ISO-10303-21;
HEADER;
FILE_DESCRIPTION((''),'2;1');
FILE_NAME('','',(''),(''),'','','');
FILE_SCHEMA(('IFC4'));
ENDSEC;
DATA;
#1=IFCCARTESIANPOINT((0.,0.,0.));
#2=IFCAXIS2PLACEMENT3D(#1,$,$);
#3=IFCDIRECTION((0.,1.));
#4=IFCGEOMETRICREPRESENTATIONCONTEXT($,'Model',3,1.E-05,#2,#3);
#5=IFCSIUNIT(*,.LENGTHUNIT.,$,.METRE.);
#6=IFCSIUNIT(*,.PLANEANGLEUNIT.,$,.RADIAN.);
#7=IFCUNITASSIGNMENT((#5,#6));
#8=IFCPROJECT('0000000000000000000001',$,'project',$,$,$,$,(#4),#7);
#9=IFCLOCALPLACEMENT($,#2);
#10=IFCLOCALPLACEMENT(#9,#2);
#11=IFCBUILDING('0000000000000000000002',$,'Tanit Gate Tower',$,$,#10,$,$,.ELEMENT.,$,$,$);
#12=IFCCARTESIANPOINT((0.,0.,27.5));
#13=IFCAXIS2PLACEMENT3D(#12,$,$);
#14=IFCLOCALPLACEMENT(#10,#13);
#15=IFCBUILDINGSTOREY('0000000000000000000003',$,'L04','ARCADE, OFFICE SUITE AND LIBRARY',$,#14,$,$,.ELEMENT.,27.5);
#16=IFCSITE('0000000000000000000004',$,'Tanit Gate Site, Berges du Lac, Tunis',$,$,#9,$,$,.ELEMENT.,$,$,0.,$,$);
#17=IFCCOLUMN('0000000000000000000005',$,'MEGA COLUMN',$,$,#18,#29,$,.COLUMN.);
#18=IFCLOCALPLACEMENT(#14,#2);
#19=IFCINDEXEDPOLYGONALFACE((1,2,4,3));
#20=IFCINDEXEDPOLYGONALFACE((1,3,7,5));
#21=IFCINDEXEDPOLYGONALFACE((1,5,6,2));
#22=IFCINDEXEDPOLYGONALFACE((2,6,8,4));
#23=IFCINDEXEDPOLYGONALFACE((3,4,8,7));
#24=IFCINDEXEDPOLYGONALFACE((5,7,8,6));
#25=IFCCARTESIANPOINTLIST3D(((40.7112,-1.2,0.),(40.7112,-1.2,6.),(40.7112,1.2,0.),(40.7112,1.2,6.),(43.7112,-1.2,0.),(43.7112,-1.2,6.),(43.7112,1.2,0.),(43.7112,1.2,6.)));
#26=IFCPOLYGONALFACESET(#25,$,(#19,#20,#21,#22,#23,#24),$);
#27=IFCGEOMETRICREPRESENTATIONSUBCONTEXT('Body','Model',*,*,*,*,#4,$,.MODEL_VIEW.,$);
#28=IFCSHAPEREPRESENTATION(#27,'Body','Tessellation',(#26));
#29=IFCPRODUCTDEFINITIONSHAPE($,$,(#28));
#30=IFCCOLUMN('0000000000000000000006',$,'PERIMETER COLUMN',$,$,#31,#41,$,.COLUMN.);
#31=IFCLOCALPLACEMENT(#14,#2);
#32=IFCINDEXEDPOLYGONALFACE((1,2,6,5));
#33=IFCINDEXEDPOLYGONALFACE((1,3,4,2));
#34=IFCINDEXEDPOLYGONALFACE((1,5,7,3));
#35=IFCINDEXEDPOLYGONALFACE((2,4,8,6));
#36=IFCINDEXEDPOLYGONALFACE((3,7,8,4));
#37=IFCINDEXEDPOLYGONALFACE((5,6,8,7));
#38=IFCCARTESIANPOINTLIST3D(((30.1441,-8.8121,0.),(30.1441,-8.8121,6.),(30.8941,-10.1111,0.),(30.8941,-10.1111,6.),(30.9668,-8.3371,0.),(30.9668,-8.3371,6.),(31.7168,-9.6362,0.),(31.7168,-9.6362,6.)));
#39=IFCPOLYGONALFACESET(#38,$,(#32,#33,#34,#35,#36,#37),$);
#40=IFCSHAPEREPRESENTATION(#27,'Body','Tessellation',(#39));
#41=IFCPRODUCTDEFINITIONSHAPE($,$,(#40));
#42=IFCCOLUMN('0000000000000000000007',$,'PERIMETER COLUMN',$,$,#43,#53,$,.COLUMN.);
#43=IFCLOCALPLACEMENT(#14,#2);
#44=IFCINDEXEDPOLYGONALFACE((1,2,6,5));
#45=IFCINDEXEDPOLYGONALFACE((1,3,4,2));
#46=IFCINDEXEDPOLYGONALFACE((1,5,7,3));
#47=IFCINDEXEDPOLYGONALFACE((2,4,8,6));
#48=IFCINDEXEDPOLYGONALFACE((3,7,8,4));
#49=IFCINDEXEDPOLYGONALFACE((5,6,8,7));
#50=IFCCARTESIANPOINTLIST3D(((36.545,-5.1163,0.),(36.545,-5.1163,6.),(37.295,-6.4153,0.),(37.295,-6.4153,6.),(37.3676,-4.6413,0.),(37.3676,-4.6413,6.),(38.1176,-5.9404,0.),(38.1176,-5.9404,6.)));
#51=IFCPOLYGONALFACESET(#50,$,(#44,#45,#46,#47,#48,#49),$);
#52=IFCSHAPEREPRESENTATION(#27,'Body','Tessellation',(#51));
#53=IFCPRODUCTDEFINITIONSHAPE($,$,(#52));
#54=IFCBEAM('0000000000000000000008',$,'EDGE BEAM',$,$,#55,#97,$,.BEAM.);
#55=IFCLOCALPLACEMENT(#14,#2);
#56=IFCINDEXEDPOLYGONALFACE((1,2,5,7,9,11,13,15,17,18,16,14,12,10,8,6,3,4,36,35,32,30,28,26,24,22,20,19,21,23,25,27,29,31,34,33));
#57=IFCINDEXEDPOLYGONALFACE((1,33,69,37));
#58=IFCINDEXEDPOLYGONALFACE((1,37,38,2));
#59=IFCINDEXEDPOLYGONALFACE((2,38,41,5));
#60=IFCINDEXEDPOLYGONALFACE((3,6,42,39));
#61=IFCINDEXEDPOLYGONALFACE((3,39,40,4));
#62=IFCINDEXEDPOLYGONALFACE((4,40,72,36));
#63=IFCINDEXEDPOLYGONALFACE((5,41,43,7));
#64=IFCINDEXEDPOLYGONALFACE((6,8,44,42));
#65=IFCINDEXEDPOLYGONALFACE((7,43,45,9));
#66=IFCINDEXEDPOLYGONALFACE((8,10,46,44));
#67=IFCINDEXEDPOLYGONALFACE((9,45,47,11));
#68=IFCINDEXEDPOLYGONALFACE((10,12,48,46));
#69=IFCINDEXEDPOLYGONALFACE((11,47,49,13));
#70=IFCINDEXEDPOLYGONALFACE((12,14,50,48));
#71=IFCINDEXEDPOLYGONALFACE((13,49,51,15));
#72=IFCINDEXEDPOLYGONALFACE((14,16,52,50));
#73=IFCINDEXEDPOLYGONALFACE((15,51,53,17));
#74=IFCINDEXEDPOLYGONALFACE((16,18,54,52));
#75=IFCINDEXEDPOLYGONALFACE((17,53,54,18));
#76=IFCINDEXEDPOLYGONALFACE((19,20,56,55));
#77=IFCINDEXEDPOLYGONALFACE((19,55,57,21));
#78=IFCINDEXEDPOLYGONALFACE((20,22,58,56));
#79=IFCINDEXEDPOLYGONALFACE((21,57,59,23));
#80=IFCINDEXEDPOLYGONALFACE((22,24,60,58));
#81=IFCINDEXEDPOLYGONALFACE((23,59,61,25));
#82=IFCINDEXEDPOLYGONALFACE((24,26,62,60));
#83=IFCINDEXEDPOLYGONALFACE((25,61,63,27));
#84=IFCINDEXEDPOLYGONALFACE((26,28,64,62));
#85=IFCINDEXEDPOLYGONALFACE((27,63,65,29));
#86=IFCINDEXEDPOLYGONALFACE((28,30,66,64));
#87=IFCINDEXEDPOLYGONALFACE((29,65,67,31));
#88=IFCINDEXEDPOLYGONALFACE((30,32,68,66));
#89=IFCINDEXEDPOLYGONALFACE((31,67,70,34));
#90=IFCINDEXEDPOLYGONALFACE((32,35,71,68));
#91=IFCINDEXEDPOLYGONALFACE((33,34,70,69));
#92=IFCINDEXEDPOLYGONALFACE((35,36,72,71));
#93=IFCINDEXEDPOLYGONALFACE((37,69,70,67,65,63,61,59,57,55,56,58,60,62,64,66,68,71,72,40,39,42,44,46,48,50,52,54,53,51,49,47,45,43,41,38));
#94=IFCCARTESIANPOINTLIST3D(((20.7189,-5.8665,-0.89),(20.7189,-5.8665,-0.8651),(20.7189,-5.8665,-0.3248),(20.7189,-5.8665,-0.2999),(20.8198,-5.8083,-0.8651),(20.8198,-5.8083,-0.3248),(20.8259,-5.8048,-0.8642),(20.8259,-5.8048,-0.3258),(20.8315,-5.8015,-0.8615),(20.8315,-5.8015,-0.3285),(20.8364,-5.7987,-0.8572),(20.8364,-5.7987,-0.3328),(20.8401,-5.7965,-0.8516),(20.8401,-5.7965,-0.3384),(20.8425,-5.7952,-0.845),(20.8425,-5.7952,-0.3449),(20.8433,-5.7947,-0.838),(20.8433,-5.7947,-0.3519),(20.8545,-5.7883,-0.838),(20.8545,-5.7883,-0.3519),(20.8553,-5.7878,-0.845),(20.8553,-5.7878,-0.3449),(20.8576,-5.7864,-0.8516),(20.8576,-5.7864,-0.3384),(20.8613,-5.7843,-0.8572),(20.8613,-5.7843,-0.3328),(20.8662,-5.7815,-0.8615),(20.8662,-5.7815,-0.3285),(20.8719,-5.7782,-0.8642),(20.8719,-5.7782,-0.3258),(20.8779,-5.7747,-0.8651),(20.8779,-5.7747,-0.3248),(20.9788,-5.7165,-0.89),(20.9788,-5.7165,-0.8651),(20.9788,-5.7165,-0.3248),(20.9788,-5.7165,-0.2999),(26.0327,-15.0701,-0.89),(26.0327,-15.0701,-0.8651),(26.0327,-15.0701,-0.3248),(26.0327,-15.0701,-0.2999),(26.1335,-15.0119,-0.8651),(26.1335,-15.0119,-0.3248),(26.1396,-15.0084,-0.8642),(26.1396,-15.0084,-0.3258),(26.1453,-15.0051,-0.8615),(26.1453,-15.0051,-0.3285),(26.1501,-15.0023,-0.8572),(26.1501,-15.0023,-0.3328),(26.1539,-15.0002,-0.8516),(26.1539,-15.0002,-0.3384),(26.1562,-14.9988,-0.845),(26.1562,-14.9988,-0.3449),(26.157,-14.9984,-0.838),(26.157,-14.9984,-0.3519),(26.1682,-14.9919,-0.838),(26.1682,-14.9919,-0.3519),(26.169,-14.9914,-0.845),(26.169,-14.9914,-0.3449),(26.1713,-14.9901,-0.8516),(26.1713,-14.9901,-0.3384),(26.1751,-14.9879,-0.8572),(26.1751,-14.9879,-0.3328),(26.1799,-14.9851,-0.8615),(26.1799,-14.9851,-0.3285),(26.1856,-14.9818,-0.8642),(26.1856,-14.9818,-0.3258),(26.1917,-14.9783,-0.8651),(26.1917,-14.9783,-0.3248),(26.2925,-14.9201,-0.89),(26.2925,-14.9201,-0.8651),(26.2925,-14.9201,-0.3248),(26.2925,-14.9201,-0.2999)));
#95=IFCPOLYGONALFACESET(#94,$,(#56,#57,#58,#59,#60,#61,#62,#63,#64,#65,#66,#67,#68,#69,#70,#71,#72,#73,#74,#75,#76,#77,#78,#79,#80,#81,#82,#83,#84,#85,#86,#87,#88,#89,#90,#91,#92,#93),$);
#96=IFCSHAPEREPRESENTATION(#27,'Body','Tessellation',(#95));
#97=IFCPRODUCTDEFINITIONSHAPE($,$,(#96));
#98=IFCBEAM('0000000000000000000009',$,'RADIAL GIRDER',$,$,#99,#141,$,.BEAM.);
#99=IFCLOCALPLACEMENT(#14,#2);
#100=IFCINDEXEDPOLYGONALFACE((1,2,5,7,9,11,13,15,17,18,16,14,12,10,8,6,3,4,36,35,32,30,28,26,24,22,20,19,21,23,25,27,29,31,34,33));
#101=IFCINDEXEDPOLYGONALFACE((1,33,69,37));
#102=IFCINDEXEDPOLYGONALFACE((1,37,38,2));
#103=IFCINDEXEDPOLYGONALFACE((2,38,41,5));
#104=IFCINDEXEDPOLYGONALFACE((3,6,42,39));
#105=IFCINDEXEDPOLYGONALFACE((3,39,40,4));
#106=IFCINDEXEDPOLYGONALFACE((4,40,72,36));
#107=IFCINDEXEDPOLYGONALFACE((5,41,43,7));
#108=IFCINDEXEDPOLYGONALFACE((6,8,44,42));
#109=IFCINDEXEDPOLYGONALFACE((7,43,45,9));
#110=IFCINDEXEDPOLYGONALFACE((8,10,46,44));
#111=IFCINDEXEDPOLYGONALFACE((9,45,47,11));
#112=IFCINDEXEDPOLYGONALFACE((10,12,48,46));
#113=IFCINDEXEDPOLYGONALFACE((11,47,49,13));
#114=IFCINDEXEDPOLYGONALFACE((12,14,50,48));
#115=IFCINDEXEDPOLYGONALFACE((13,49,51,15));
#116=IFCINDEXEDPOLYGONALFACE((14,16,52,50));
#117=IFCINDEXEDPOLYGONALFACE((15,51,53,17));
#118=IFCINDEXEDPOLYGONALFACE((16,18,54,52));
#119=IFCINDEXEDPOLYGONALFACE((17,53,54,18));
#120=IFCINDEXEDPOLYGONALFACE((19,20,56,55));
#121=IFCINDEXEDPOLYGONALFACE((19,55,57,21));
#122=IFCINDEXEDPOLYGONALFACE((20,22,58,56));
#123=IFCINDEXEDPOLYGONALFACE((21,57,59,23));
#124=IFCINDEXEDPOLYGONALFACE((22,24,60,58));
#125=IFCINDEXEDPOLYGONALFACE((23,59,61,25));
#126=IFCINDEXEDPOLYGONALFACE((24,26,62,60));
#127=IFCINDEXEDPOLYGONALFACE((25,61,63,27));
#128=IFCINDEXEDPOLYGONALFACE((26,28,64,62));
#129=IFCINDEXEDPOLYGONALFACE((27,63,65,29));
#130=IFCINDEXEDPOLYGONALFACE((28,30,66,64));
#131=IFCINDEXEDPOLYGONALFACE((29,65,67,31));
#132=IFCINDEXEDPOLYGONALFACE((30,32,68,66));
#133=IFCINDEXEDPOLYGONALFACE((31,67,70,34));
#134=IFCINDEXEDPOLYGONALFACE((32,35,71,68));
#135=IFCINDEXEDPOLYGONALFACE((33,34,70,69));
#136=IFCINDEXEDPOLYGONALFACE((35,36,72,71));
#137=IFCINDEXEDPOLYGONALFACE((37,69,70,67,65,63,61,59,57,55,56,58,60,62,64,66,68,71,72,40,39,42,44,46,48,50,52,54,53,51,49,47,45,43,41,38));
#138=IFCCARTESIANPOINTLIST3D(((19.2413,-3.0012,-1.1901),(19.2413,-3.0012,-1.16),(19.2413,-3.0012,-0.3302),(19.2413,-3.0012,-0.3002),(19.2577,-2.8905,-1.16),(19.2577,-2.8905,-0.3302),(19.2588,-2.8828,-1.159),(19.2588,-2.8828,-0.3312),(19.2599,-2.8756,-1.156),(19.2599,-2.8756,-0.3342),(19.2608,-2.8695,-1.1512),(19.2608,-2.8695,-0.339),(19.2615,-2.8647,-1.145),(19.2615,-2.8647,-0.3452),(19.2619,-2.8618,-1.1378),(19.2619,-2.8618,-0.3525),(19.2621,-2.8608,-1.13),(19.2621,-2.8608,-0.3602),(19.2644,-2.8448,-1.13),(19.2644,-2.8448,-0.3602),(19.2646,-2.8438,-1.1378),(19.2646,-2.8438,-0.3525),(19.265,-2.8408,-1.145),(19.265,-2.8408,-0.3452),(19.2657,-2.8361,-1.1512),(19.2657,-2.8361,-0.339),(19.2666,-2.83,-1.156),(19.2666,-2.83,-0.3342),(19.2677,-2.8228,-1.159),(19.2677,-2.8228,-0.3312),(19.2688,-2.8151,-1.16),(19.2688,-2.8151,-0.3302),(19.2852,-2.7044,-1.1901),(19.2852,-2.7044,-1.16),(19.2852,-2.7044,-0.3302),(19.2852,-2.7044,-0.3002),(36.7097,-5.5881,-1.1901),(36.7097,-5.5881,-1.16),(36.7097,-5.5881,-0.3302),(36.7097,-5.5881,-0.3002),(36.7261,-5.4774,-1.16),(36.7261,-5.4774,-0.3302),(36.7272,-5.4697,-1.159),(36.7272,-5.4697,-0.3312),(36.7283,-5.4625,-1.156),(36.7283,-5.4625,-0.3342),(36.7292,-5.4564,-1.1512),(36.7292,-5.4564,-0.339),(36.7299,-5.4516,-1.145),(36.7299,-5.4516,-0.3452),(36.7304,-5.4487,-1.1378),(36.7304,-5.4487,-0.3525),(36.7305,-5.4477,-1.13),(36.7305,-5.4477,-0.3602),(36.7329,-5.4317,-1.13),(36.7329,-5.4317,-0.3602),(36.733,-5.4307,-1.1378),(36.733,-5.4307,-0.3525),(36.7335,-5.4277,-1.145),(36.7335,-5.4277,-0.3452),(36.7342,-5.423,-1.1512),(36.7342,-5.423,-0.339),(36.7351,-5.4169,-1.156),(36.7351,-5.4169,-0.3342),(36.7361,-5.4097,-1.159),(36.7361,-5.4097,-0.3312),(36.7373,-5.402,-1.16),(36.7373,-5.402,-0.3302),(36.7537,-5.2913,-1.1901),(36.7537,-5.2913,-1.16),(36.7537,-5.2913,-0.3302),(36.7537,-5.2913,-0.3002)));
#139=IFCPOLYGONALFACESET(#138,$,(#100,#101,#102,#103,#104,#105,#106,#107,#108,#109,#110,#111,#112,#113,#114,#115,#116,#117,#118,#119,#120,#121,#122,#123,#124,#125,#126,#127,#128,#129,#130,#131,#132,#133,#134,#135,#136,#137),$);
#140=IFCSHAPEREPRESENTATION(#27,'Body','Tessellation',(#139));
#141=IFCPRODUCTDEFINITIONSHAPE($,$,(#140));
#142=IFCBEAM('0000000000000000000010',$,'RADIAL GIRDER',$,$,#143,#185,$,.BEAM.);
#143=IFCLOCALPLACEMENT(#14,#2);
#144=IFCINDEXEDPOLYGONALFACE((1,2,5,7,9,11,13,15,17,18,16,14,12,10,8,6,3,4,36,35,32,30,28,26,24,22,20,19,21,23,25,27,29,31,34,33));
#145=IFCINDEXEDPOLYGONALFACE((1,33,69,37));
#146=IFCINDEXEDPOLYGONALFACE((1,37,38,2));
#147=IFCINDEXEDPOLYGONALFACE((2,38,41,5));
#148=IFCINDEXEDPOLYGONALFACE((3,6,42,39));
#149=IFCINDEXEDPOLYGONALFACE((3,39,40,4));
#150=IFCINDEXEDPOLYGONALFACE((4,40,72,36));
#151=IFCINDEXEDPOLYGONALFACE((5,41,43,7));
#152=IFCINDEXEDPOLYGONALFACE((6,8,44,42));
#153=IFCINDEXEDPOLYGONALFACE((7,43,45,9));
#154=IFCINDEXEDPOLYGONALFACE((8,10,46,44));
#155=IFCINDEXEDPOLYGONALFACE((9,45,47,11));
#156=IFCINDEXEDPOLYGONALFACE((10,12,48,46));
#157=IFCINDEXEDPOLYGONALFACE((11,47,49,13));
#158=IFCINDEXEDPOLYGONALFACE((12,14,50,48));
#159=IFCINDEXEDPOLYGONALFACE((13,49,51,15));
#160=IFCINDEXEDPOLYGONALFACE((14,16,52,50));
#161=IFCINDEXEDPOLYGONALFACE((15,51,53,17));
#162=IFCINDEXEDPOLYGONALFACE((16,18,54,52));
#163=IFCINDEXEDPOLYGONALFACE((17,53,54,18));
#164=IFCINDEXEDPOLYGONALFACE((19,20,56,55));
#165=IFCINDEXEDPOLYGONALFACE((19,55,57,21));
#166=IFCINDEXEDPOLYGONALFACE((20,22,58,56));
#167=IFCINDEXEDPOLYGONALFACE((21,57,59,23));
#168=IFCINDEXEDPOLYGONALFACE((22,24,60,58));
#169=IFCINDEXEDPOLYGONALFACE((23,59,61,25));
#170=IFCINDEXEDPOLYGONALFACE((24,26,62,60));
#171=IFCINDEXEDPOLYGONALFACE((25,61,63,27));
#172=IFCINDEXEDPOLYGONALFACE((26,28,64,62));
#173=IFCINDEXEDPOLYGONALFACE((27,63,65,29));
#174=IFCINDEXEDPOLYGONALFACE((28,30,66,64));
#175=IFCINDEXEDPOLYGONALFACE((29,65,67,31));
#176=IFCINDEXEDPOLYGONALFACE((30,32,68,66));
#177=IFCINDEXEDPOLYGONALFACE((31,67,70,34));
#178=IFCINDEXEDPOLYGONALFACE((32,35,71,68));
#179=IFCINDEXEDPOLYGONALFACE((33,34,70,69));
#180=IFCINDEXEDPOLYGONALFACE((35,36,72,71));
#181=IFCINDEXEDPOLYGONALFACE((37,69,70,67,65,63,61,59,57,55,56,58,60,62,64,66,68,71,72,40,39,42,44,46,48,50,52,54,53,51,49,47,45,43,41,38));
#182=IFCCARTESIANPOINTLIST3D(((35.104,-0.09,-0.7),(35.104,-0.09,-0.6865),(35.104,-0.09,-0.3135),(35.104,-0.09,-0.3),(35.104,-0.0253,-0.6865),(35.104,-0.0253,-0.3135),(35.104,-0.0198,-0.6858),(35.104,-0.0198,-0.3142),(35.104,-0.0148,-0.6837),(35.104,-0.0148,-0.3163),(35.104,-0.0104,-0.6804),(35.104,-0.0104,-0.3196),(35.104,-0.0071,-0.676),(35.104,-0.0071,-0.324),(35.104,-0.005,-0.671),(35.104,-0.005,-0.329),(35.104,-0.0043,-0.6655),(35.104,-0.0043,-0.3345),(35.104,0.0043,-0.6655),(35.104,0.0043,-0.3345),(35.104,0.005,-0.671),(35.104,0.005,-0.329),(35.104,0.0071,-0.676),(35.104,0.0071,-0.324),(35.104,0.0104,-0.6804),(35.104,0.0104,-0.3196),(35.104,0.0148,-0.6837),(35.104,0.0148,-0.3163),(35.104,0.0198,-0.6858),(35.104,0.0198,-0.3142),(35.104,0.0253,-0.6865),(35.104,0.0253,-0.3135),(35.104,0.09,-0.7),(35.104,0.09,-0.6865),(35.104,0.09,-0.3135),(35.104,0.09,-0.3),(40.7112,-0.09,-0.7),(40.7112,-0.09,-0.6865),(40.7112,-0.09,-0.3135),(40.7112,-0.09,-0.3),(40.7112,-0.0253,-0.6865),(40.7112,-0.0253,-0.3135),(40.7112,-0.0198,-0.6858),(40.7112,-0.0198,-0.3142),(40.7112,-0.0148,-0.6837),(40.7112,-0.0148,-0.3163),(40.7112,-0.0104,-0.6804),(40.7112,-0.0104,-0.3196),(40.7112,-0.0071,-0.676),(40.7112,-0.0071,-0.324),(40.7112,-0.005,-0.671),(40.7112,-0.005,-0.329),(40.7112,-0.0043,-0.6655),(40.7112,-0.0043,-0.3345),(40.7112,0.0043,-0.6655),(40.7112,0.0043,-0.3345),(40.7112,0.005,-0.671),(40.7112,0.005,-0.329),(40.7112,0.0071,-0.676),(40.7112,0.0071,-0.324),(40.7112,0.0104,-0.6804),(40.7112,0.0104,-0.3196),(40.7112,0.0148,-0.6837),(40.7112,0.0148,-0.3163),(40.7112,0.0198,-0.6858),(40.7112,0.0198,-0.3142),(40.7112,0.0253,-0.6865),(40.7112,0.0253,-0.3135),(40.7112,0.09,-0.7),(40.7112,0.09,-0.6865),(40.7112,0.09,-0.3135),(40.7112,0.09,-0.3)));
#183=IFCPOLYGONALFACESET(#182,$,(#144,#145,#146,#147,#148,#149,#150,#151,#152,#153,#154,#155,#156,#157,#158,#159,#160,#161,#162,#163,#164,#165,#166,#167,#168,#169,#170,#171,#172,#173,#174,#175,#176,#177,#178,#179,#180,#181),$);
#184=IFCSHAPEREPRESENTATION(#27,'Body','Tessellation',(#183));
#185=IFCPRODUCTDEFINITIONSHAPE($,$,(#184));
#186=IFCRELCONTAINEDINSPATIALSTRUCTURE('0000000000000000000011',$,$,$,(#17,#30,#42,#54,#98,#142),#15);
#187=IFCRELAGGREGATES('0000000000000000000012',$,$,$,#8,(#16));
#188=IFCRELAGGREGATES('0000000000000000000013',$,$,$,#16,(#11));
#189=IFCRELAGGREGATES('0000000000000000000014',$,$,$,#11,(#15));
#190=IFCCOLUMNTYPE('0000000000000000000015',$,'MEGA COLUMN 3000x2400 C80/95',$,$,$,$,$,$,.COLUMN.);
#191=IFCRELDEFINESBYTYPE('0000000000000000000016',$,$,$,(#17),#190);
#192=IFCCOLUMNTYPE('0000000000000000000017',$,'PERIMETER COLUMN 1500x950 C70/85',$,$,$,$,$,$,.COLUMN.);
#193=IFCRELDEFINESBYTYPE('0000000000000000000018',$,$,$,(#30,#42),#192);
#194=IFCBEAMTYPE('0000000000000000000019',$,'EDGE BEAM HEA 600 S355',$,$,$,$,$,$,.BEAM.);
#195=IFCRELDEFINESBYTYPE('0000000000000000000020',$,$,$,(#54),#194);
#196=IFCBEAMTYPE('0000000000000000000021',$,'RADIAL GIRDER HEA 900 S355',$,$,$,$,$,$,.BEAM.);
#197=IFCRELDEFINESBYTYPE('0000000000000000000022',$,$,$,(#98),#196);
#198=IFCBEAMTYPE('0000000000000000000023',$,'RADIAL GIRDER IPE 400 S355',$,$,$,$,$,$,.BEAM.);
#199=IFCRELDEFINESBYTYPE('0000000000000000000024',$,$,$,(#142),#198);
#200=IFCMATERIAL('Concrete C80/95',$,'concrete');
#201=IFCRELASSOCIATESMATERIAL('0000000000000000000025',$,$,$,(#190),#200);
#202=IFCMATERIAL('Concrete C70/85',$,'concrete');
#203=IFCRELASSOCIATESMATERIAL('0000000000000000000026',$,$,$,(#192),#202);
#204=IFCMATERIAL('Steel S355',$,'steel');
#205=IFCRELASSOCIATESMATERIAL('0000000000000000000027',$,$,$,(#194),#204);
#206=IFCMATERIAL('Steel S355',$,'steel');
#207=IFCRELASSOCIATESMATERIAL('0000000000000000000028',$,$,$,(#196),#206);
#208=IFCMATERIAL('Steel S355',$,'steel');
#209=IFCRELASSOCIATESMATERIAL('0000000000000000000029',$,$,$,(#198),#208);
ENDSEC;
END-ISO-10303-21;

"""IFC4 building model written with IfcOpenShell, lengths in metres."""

from ifc_helpers import new_model, si_unit, direction, frame, origin, origin_2d, place, context, subcontext, project, spatial, rectangle, i_section, extrude, material, material_profile, profile_set, type_object, element, save


model = new_model("IFC4")

# Units and contexts
model_context = context("Model", 3, precision=1e-05, world=origin(), true_north=direction((0.0, 1.0)))
body_context = subcontext(model_context, "Body", "Model", "MODEL_VIEW")
ifc_project = project(units=[si_unit("LENGTHUNIT", "METRE"), si_unit("PLANEANGLEUNIT", "RADIAN")], contexts=[model_context])

# Site, building, storey
site_placement = place(None, origin())
site = spatial("IfcSite", under=ifc_project, at=site_placement, Name="Tanit Gate Site, Berges du Lac, Tunis", CompositionType="ELEMENT", RefElevation=0.0)
building_placement = place(site_placement, origin())
building = spatial("IfcBuilding", under=site, at=building_placement, Name="Tanit Gate Tower", CompositionType="ELEMENT")
storey_placement = place(building_placement, frame((0.0, 0.0, 27.5)))
storey = spatial("IfcBuildingStorey", under=building, at=storey_placement, Name="L04", Description="ARCADE, OFFICE SUITE AND LIBRARY", CompositionType="ELEMENT", Elevation=27.5)

# Columns
ifc_material_1 = material(Name="Concrete C80/95", Category="concrete")
ifc_material_profile_1 = material_profile(ifc_material_1, rectangle(XDim=3.0, YDim=2.3999, at=origin_2d()), Name="RC 3000x2400")
ifc_profile_set_1 = profile_set([ifc_material_profile_1], Name="Concrete C80/95")
column_type_1 = type_object("IfcColumnType", Name="MEGA COLUMN 3000x2400 C80/95", PredefinedType="COLUMN", material=ifc_profile_set_1)
column_placement = place(storey_placement, frame((42.2112, 0.0, 0.0), z_axis=(0.0, 0.0, 1.0), x_axis=(1.0, 0.0, 0.0)))
element("IfcColumn", 1, at=column_placement, inside=storey, type_object=column_type_1, Name="MEGA COLUMN", PredefinedType="COLUMN", context=body_context, shape_type="SweptSolid", body=[
    extrude(rectangle(XDim=3.0, YDim=2.3999, at=origin_2d()), origin(), (0.0, 0.0, 1.0), 6.0),
])
ifc_material_2 = material(Name="Concrete C70/85", Category="concrete")
ifc_material_profile_2 = material_profile(ifc_material_2, rectangle(XDim=1.5, YDim=0.95, at=origin_2d()), Name="RC 1500x950")
ifc_profile_set_2 = profile_set([ifc_material_profile_2], Name="Concrete C70/85")
column_type_2 = type_object("IfcColumnType", Name="PERIMETER COLUMN 1500x950 C70/85", PredefinedType="COLUMN", material=ifc_profile_set_2)
for number, where, z_axis, x_axis, name in (
    (2, (30.9304, -9.2241, 0.0), (0.0, 0.0, 1.0), (0.5, -0.866025, 0.0), "PERIMETER COLUMN"),
    (3, (37.3313, -5.5283, 0.0), (0.0, 0.0, 1.0), (0.5, -0.866025, 0.0), "PERIMETER COLUMN"),
):
    element("IfcColumn", number, at=place(storey_placement, frame(where, z_axis=z_axis, x_axis=x_axis)), inside=storey, type_object=column_type_2, Name=name, PredefinedType="COLUMN", context=body_context, shape_type="SweptSolid", body=[
        extrude(rectangle(XDim=1.5, YDim=0.95, at=origin_2d()), origin(), (0.0, 0.0, 1.0), 6.0),
    ])

# Beams
ifc_material_3 = material(Name="Steel S355", Category="steel")
ifc_material_profile_3 = material_profile(ifc_material_3, i_section(OverallWidth=0.3, OverallDepth=0.5901, WebThickness=0.0129, FlangeThickness=0.0249, FilletRadius=0.0271, at=origin_2d()), Name="HEA 600")
ifc_profile_set_3 = profile_set([ifc_material_profile_3], Name="Steel S355")
beam_type_1 = type_object("IfcBeamType", Name="EDGE BEAM HEA 600 S355", PredefinedType="BEAM", material=ifc_profile_set_3)
beam_1_placement = place(storey_placement, frame((26.1626, -14.9951, -0.595), z_axis=(-0.500001, 0.866025, 0.0), x_axis=(-0.866025, -0.500001, 0.0)))
element("IfcBeam", 4, at=beam_1_placement, inside=storey, type_object=beam_type_1, Name="EDGE BEAM", PredefinedType="BEAM", context=body_context, shape_type="SweptSolid", body=[
    extrude(i_section(OverallWidth=0.3, OverallDepth=0.5901, WebThickness=0.0129, FlangeThickness=0.0249, FilletRadius=0.0271, at=origin_2d()), origin(), (0.0, 0.0, 1.0), 10.6274),
])
ifc_material_4 = material(Name="Steel S355", Category="steel")
ifc_material_profile_4 = material_profile(ifc_material_4, i_section(OverallWidth=0.3, OverallDepth=0.8899, WebThickness=0.0161, FlangeThickness=0.03, FilletRadius=0.03, at=origin_2d()), Name="HEA 900")
ifc_profile_set_4 = profile_set([ifc_material_profile_4], Name="Steel S355")
beam_type_2 = type_object("IfcBeamType", Name="RADIAL GIRDER HEA 900 S355", PredefinedType="BEAM", material=ifc_profile_set_4)
beam_2_placement = place(storey_placement, frame((36.7317, -5.4397, -0.7451), z_axis=(-0.989212, 0.146493, 0.0), x_axis=(-0.146493, -0.989212, 0.0)))
element("IfcBeam", 5, at=beam_2_placement, inside=storey, type_object=beam_type_2, Name="RADIAL GIRDER", PredefinedType="BEAM", context=body_context, shape_type="SweptSolid", body=[
    extrude(i_section(OverallWidth=0.3, OverallDepth=0.8899, WebThickness=0.0161, FlangeThickness=0.03, FilletRadius=0.03, at=origin_2d()), origin(), (0.0, 0.0, 1.0), 17.6589),
])
ifc_material_5 = material(Name="Steel S355", Category="steel")
ifc_material_profile_5 = material_profile(ifc_material_5, i_section(OverallWidth=0.1799, OverallDepth=0.3999, WebThickness=0.0085, FlangeThickness=0.0134, FilletRadius=0.021, at=origin_2d()), Name="IPE 400")
ifc_profile_set_5 = profile_set([ifc_material_profile_5], Name="Steel S355")
beam_type_3 = type_object("IfcBeamType", Name="RADIAL GIRDER IPE 400 S355", PredefinedType="BEAM", material=ifc_profile_set_5)
beam_3_placement = place(storey_placement, frame((40.7112, 0.0, -0.5), z_axis=(-1.0, 0.0, 0.0), x_axis=(0.0, -1.0, 0.0)))
element("IfcBeam", 6, at=beam_3_placement, inside=storey, type_object=beam_type_3, Name="RADIAL GIRDER", PredefinedType="BEAM", context=body_context, shape_type="SweptSolid", body=[
    extrude(i_section(OverallWidth=0.1799, OverallDepth=0.3999, WebThickness=0.0085, FlangeThickness=0.0134, FilletRadius=0.021, at=origin_2d()), origin(), (0.0, 0.0, 1.0), 5.6072),
])

save(model, "model.ifc")
